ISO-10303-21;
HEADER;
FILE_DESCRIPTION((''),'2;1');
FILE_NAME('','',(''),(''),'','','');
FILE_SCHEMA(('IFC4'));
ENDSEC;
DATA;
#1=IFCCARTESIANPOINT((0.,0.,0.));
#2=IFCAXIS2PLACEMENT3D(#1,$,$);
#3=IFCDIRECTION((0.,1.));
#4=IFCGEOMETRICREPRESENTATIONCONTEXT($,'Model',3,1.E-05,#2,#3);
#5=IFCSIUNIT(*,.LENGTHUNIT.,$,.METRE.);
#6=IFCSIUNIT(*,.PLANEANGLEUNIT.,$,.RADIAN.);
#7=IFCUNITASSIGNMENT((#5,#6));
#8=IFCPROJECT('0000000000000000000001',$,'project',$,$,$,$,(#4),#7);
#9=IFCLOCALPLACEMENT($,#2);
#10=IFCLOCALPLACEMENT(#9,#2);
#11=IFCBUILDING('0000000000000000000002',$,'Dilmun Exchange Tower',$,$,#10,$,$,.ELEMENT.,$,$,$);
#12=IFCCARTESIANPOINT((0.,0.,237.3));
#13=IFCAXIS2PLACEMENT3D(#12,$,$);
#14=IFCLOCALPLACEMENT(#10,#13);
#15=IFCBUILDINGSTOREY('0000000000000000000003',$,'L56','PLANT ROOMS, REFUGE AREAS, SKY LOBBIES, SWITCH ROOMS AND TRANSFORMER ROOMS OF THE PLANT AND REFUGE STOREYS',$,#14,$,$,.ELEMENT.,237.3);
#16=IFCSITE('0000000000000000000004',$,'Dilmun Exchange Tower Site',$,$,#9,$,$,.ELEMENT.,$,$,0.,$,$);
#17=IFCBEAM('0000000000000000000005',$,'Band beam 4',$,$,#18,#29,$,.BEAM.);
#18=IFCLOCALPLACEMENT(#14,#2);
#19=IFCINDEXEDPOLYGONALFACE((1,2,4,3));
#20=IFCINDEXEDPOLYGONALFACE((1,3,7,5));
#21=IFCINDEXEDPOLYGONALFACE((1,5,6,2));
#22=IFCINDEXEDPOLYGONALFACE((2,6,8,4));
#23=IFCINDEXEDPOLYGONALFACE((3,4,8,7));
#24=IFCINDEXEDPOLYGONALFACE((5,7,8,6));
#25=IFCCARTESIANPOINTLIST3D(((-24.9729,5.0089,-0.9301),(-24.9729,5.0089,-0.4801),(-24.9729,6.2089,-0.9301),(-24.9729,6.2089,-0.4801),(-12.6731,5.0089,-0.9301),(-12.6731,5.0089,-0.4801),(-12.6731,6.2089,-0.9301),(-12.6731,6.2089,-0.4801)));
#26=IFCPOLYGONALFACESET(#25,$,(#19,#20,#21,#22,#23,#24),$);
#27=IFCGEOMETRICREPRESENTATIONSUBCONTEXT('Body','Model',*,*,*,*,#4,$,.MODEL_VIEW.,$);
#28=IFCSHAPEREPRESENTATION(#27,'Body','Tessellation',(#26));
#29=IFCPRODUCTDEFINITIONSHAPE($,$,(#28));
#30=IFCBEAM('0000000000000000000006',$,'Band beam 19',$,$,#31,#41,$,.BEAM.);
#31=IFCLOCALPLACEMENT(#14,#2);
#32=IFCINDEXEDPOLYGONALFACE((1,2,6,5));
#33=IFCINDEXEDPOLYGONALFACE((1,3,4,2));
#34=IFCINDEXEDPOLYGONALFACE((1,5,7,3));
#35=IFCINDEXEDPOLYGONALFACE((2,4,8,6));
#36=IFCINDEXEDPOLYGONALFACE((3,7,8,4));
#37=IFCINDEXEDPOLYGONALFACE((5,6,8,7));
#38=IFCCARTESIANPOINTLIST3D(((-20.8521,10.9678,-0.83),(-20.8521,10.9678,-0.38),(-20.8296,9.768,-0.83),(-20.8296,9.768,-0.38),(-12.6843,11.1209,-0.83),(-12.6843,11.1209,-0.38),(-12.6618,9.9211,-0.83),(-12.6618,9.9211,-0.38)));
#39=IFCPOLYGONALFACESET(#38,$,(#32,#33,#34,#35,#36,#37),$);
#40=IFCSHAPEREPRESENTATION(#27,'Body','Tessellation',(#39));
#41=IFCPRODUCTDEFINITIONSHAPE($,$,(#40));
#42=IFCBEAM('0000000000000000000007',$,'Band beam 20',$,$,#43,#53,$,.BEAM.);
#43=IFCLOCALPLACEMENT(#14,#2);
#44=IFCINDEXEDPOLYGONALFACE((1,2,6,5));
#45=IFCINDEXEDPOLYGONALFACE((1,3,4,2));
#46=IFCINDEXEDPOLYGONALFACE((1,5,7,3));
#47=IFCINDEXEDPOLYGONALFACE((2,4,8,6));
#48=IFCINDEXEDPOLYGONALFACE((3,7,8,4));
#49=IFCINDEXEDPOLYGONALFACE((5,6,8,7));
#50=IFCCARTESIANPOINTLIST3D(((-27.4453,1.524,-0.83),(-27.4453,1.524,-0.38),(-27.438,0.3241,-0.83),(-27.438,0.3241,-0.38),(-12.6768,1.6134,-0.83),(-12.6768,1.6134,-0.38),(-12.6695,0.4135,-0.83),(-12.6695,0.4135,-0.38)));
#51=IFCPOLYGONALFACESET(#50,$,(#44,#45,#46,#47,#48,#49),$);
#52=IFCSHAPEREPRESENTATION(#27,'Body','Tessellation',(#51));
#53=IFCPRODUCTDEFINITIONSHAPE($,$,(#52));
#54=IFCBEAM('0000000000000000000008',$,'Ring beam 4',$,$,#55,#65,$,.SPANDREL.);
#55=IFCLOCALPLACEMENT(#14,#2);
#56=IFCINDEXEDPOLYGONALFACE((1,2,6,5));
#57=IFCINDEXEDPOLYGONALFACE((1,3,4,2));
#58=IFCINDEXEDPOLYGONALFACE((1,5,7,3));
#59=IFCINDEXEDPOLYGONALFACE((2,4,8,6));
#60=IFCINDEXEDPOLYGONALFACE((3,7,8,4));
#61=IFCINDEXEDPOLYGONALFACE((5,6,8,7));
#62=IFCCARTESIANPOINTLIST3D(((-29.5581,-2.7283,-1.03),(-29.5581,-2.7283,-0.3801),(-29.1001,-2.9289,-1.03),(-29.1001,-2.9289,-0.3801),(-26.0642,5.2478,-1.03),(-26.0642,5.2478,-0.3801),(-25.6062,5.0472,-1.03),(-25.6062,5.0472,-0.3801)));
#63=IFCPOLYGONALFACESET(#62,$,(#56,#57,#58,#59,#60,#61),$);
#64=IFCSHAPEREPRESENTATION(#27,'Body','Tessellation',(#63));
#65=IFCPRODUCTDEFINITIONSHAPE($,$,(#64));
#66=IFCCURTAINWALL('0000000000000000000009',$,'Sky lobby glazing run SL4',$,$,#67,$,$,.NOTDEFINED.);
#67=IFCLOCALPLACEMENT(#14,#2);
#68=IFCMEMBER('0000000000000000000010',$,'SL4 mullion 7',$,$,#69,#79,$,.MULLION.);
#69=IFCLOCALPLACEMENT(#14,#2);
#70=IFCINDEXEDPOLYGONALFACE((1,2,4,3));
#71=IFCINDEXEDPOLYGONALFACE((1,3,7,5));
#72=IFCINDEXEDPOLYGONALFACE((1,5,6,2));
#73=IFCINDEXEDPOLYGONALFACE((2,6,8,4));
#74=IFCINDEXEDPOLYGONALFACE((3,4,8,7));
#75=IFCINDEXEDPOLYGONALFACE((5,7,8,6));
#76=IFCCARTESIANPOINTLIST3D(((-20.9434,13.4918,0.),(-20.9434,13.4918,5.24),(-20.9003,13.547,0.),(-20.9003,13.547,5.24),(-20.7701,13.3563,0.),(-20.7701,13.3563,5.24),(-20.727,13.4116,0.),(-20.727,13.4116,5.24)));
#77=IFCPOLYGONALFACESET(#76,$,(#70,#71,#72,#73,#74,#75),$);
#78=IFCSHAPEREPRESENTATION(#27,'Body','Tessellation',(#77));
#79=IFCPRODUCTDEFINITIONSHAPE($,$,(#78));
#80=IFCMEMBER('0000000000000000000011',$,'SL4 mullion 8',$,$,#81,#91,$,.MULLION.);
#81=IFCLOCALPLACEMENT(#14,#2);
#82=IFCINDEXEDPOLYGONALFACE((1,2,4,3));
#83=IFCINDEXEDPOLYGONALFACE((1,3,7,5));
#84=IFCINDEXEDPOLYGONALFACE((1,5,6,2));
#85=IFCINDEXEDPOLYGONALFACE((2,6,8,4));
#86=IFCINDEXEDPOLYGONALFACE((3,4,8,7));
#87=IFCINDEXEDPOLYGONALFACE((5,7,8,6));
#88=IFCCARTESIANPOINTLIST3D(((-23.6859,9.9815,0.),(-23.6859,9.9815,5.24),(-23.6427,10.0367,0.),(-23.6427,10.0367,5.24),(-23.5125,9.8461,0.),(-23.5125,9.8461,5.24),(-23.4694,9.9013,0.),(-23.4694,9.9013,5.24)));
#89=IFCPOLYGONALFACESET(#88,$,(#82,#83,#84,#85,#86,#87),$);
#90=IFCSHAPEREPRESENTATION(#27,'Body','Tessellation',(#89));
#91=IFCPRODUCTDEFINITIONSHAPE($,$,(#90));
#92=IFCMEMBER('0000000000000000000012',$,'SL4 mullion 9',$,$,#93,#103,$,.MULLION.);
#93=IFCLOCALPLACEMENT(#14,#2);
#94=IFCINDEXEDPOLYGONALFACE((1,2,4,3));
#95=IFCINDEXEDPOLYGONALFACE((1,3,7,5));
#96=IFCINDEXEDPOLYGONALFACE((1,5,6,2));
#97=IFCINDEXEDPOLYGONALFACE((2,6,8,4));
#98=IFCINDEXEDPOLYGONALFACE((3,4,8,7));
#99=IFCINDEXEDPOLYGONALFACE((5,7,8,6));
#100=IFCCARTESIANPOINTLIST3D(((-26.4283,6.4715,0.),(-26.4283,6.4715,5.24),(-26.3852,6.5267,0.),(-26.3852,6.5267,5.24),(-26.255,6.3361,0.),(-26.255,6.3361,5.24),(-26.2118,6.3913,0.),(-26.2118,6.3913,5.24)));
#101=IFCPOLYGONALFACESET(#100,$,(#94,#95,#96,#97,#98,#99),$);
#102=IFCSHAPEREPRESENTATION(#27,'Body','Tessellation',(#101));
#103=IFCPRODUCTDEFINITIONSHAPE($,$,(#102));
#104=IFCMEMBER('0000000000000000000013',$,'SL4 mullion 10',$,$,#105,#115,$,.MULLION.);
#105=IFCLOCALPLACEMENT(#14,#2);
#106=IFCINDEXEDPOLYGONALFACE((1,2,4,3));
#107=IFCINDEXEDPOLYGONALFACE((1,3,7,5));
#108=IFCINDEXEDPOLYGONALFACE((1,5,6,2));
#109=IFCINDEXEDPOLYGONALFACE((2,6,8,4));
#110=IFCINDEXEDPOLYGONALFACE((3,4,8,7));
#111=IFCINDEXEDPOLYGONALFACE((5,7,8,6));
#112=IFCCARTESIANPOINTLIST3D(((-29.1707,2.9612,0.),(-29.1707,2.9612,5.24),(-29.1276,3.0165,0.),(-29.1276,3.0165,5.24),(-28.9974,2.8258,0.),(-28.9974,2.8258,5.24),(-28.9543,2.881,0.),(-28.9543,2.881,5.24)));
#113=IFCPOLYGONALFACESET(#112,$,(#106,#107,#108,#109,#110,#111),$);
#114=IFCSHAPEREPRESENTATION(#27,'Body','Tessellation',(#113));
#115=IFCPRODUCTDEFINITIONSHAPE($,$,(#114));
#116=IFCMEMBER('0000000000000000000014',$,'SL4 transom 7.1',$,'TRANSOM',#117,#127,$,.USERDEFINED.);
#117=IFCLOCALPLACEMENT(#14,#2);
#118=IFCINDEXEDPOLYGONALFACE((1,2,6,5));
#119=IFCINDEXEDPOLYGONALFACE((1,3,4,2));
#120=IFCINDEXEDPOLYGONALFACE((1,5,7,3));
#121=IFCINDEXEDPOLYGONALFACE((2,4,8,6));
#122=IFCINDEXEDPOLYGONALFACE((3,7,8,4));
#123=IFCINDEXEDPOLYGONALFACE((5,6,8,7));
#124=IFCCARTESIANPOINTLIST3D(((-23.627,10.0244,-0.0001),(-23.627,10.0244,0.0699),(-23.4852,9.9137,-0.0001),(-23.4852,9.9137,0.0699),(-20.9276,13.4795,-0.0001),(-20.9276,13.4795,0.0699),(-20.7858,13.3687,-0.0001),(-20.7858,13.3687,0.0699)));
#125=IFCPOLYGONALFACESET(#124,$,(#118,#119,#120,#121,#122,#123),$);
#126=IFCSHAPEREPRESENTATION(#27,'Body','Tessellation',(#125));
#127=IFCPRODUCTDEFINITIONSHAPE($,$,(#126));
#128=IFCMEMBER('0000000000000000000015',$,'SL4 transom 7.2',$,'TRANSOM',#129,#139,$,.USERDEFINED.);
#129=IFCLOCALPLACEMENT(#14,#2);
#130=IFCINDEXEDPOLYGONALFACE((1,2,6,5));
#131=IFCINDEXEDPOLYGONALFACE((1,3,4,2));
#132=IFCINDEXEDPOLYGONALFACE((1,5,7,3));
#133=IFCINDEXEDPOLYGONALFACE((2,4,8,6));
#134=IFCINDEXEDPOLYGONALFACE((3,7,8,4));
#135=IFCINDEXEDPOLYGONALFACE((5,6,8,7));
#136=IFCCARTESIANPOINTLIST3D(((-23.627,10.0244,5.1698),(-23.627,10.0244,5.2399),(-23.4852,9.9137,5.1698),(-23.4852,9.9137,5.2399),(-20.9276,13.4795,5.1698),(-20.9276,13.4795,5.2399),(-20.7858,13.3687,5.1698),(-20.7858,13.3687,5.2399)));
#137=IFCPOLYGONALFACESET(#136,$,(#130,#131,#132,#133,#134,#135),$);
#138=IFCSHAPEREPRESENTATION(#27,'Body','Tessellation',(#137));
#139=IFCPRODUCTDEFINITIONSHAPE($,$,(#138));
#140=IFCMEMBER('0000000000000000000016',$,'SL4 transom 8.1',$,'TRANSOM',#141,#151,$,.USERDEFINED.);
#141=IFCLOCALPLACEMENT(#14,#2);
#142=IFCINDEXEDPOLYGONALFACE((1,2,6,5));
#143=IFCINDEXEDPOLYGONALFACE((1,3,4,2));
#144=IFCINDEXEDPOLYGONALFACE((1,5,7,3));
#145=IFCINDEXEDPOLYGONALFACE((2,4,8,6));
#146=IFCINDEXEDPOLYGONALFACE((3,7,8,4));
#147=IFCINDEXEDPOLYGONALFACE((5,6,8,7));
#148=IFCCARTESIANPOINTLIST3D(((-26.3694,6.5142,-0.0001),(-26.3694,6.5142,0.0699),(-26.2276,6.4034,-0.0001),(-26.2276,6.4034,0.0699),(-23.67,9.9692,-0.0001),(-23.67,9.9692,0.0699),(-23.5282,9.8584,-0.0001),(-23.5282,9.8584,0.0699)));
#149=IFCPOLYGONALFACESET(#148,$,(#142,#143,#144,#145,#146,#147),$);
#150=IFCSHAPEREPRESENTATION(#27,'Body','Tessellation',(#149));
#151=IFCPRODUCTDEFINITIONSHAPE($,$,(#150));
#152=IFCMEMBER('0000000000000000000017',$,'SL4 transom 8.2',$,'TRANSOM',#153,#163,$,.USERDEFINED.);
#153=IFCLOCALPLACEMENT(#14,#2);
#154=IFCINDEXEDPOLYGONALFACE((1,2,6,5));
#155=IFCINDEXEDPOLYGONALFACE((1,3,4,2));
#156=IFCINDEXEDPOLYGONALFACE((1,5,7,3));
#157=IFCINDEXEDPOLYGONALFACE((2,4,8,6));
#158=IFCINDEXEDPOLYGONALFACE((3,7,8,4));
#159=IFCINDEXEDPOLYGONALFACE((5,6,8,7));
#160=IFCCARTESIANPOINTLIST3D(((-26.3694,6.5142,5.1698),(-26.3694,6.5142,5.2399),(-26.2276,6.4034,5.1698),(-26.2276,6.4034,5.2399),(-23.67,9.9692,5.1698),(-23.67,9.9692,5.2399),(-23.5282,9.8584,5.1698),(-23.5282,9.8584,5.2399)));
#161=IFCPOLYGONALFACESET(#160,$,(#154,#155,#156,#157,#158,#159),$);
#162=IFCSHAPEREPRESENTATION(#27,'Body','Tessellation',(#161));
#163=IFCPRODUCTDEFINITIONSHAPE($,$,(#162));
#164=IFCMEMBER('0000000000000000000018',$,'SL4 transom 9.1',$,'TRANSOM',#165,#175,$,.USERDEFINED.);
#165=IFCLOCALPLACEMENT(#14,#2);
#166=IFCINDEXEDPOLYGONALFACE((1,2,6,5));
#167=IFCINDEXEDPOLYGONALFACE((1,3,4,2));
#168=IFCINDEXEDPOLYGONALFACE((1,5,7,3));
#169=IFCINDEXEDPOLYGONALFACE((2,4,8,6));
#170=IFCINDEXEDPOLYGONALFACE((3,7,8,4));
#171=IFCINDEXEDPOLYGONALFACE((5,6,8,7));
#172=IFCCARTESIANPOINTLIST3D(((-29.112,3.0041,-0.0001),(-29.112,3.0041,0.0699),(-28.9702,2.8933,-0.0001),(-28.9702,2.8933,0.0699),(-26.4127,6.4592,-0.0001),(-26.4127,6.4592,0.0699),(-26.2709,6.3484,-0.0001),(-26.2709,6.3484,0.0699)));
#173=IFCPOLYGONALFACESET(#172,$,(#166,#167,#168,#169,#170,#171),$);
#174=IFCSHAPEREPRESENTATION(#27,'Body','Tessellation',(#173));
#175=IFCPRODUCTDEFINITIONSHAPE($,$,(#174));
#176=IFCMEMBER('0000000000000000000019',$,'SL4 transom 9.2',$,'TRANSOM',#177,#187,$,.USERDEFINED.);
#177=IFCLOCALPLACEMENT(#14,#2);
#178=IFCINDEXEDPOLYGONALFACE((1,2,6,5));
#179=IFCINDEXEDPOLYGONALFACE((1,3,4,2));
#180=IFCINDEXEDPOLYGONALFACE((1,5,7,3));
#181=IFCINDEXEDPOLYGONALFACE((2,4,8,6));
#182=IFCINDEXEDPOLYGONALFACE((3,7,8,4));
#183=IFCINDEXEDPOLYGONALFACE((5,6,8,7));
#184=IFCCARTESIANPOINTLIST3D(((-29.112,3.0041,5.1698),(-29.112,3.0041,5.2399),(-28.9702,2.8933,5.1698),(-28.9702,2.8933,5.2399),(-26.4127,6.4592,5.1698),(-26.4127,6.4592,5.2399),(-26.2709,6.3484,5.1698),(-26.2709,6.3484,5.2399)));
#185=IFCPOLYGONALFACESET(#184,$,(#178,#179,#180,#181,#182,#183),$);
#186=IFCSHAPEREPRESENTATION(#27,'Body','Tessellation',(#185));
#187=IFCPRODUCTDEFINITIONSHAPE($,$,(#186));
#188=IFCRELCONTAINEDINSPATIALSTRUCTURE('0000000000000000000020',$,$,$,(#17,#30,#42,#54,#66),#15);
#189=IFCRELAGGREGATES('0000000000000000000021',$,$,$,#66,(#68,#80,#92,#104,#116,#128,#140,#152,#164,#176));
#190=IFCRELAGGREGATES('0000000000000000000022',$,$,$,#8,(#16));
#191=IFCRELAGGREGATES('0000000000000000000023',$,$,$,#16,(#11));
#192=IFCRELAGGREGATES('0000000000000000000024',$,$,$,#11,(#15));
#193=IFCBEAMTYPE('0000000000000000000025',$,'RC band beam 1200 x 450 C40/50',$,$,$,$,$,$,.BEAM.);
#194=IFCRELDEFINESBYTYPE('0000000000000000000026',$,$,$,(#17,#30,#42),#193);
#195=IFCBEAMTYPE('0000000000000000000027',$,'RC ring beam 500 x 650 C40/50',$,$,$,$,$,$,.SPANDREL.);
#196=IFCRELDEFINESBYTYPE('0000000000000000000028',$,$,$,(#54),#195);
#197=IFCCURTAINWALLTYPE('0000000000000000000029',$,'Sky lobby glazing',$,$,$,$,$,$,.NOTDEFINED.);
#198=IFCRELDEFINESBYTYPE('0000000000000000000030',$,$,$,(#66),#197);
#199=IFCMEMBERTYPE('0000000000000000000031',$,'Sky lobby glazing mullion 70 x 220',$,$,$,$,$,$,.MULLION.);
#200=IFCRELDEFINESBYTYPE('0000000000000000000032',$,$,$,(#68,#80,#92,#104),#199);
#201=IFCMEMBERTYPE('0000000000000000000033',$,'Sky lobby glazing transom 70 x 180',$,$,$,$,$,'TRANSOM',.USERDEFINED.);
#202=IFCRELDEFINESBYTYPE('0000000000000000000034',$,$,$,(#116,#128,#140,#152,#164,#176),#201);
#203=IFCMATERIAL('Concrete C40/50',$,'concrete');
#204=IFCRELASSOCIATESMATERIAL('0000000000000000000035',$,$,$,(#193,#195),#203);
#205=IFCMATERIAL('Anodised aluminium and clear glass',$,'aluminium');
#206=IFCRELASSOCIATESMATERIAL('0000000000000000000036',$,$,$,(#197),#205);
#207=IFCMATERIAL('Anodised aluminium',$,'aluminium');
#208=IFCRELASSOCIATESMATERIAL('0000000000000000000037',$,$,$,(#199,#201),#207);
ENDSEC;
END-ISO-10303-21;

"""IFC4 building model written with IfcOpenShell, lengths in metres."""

from ifc_helpers import new_model, si_unit, direction, frame, origin, origin_2d, place, context, subcontext, project, spatial, rectangle, extrude, material, material_profile, profile_set, type_object, element, aggregate, save


model = new_model("IFC4")

# Units and contexts
model_context = context("Model", 3, precision=1e-05, world=origin(), true_north=direction((0.0, 1.0)))
body_context = subcontext(model_context, "Body", "Model", "MODEL_VIEW")
ifc_project = project(units=[si_unit("LENGTHUNIT", "METRE"), si_unit("PLANEANGLEUNIT", "RADIAN")], contexts=[model_context])

# Site, building, storey
site_placement = place(None, origin())
site = spatial("IfcSite", under=ifc_project, at=site_placement, Name="Dilmun Exchange Tower Site", CompositionType="ELEMENT", RefElevation=0.0)
building_placement = place(site_placement, origin())
building = spatial("IfcBuilding", under=site, at=building_placement, Name="Dilmun Exchange Tower", CompositionType="ELEMENT")
storey_placement = place(building_placement, frame((0.0, 0.0, 237.3)))
storey = spatial("IfcBuildingStorey", under=building, at=storey_placement, Name="L56", Description="PLANT ROOMS, REFUGE AREAS, SKY LOBBIES, SWITCH ROOMS AND TRANSFORMER ROOMS OF THE PLANT AND REFUGE STOREYS", CompositionType="ELEMENT", Elevation=237.3)

# Beams
ifc_material_1 = material(Name="Concrete C40/50", Category="concrete")
ifc_material_profile_1 = material_profile(ifc_material_1, rectangle(XDim=1.2, YDim=0.45, at=origin_2d()), Name="1200 x 450")
ifc_profile_set_1 = profile_set([ifc_material_profile_1], Name="Concrete C40/50")
beam_type_1 = type_object("IfcBeamType", Name="RC band beam 1200 x 450 C40/50", PredefinedType="BEAM", material=ifc_profile_set_1)
beam_1_placement = place(storey_placement, frame((-24.9729, 5.6089, -0.7051), z_axis=(1.0, 0.0, 0.0), x_axis=(0.0, 1.0, 0.0)))
element("IfcBeam", 1, at=beam_1_placement, inside=storey, type_object=beam_type_1, Name="Band beam 4", PredefinedType="BEAM", context=body_context, shape_type="SweptSolid", body=[
    extrude(rectangle(XDim=1.2, YDim=0.45, at=origin_2d()), origin(), (0.0, 0.0, 1.0), 12.2998),
])
beam_2_placement = place(storey_placement, frame((-20.8408, 10.3679, -0.605), z_axis=(0.999824, 0.018738, 0.0), x_axis=(-0.018738, 0.999824, 0.0)))
element("IfcBeam", 2, at=beam_2_placement, inside=storey, type_object=beam_type_1, Name="Band beam 19", PredefinedType="BEAM", context=body_context, shape_type="SweptSolid", body=[
    extrude(rectangle(XDim=1.2, YDim=0.45, at=origin_2d()), origin(), (0.0, 0.0, 1.0), 8.1692),
])
beam_3_placement = place(storey_placement, frame((-27.4417, 0.9241, -0.605), z_axis=(0.999982, 0.00605, 0.0), x_axis=(-0.00605, 0.999982, 0.0)))
element("IfcBeam", 3, at=beam_3_placement, inside=storey, type_object=beam_type_1, Name="Band beam 20", PredefinedType="BEAM", context=body_context, shape_type="SweptSolid", body=[
    extrude(rectangle(XDim=1.2, YDim=0.45, at=origin_2d()), origin(), (0.0, 0.0, 1.0), 14.7688),
])
ifc_material_profile_2 = material_profile(ifc_material_1, rectangle(XDim=0.5, YDim=0.6499, at=origin_2d()), Name="500 x 650")
ifc_profile_set_2 = profile_set([ifc_material_profile_2], Name="Concrete C40/50")
beam_type_2 = type_object("IfcBeamType", Name="RC ring beam 500 x 650 C40/50", PredefinedType="SPANDREL", material=ifc_profile_set_2)
beam_4_placement = place(storey_placement, frame((-25.8352, 5.1475, -0.7051), z_axis=(-0.401239, -0.915973, 0.0), x_axis=(0.915973, -0.401239, 0.0)))
element("IfcBeam", 4, at=beam_4_placement, inside=storey, type_object=beam_type_2, Name="Ring beam 4", PredefinedType="SPANDREL", context=body_context, shape_type="SweptSolid", body=[
    extrude(rectangle(XDim=0.5, YDim=0.6499, at=origin_2d()), origin(), (0.0, 0.0, 1.0), 8.7078),
])

# Curtain wall, members
ifc_material_2 = material(Name="Anodised aluminium and clear glass", Category="aluminium")
curtain_wall_type = type_object("IfcCurtainWallType", Name="Sky lobby glazing", PredefinedType="NOTDEFINED", material=ifc_material_2)
curtain_wall_placement = place(storey_placement, origin())
curtain_wall = element("IfcCurtainWall", 5, at=curtain_wall_placement, inside=storey, type_object=curtain_wall_type, Name="Sky lobby glazing run SL4", PredefinedType="NOTDEFINED")
ifc_material_3 = material(Name="Anodised aluminium", Category="aluminium")
ifc_material_profile_3 = material_profile(ifc_material_3, rectangle(XDim=0.22, YDim=0.0701, at=origin_2d()), Name="AL 70x220")
ifc_profile_set_3 = profile_set([ifc_material_profile_3], Name="Anodised aluminium")
member_type_1 = type_object("IfcMemberType", Name="Sky lobby glazing mullion 70 x 220", PredefinedType="MULLION", material=ifc_profile_set_3)
member_1_placement = place(storey_placement, frame((-20.8352, 13.4517, 0.0), z_axis=(0.0, 0.0, 1.0), x_axis=(0.788011, -0.615662, 0.0)))
member_1 = element("IfcMember", 6, at=member_1_placement, type_object=member_type_1, Name="SL4 mullion 7", PredefinedType="MULLION", context=body_context, shape_type="SweptSolid", body=[
    extrude(rectangle(XDim=0.22, YDim=0.0701, at=origin_2d()), origin(), (0.0, 0.0, 1.0), 5.24),
])
member_2_placement = place(storey_placement, frame((-23.5776, 9.9414, 0.0), z_axis=(0.0, 0.0, 1.0), x_axis=(0.788011, -0.615662, 0.0)))
member_2 = element("IfcMember", 7, at=member_2_placement, type_object=member_type_1, Name="SL4 mullion 8", PredefinedType="MULLION", context=body_context, shape_type="SweptSolid", body=[
    extrude(rectangle(XDim=0.22, YDim=0.0701, at=origin_2d()), origin(), (0.0, 0.0, 1.0), 5.24),
])
member_3_placement = place(storey_placement, frame((-26.3201, 6.4314, 0.0), z_axis=(0.0, 0.0, 1.0), x_axis=(0.788011, -0.615662, 0.0)))
member_3 = element("IfcMember", 8, at=member_3_placement, type_object=member_type_1, Name="SL4 mullion 9", PredefinedType="MULLION", context=body_context, shape_type="SweptSolid", body=[
    extrude(rectangle(XDim=0.22, YDim=0.0701, at=origin_2d()), origin(), (0.0, 0.0, 1.0), 5.24),
])
member_4_placement = place(storey_placement, frame((-29.0625, 2.9211, 0.0), z_axis=(0.0, 0.0, 1.0), x_axis=(0.788011, -0.615662, 0.0)))
member_4 = element("IfcMember", 9, at=member_4_placement, type_object=member_type_1, Name="SL4 mullion 10", PredefinedType="MULLION", context=body_context, shape_type="SweptSolid", body=[
    extrude(rectangle(XDim=0.22, YDim=0.0701, at=origin_2d()), origin(), (0.0, 0.0, 1.0), 5.24),
])
ifc_material_profile_4 = material_profile(ifc_material_3, rectangle(XDim=0.1799, YDim=0.0701, at=origin_2d()), Name="AL 70x180")
ifc_profile_set_4 = profile_set([ifc_material_profile_4], Name="Anodised aluminium")
member_type_2 = type_object("IfcMemberType", Name="Sky lobby glazing transom 70 x 180", ElementType="TRANSOM", PredefinedType="USERDEFINED", material=ifc_profile_set_4)
member_5_placement = place(storey_placement, frame((-20.8567, 13.4241, 0.0349), z_axis=(-0.61567, -0.788004, 0.0), x_axis=(0.788004, -0.61567, 0.0)))
member_5 = element("IfcMember", 10, at=member_5_placement, type_object=member_type_2, Name="SL4 transom 7.1", ObjectType="TRANSOM", PredefinedType="USERDEFINED", context=body_context, shape_type="SweptSolid", body=[
    extrude(rectangle(XDim=0.1799, YDim=0.0701, at=origin_2d()), origin(), (0.0, 0.0, 1.0), 4.3845),
])
member_6_placement = place(storey_placement, frame((-20.8567, 13.4241, 5.2048), z_axis=(-0.61567, -0.788004, 0.0), x_axis=(0.788004, -0.61567, 0.0)))
member_6 = element("IfcMember", 11, at=member_6_placement, type_object=member_type_2, Name="SL4 transom 7.2", ObjectType="TRANSOM", PredefinedType="USERDEFINED", context=body_context, shape_type="SweptSolid", body=[
    extrude(rectangle(XDim=0.1799, YDim=0.0701, at=origin_2d()), origin(), (0.0, 0.0, 1.0), 4.3845),
])
member_7_placement = place(storey_placement, frame((-23.5991, 9.9138, 0.0349), z_axis=(-0.61567, -0.788004, 0.0), x_axis=(0.788004, -0.61567, 0.0)))
member_7 = element("IfcMember", 12, at=member_7_placement, type_object=member_type_2, Name="SL4 transom 8.1", ObjectType="TRANSOM", PredefinedType="USERDEFINED", context=body_context, shape_type="SweptSolid", body=[
    extrude(rectangle(XDim=0.1799, YDim=0.0701, at=origin_2d()), origin(), (0.0, 0.0, 1.0), 4.3845),
])
member_8_placement = place(storey_placement, frame((-23.5991, 9.9138, 5.2048), z_axis=(-0.61567, -0.788004, 0.0), x_axis=(0.788004, -0.61567, 0.0)))
member_8 = element("IfcMember", 13, at=member_8_placement, type_object=member_type_2, Name="SL4 transom 8.2", ObjectType="TRANSOM", PredefinedType="USERDEFINED", context=body_context, shape_type="SweptSolid", body=[
    extrude(rectangle(XDim=0.1799, YDim=0.0701, at=origin_2d()), origin(), (0.0, 0.0, 1.0), 4.3845),
])
member_9_placement = place(storey_placement, frame((-26.3418, 6.4038, 0.0349), z_axis=(-0.615635, -0.788031, 0.0), x_axis=(0.788031, -0.615635, 0.0)))
member_9 = element("IfcMember", 14, at=member_9_placement, type_object=member_type_2, Name="SL4 transom 9.1", ObjectType="TRANSOM", PredefinedType="USERDEFINED", context=body_context, shape_type="SweptSolid", body=[
    extrude(rectangle(XDim=0.1799, YDim=0.0701, at=origin_2d()), origin(), (0.0, 0.0, 1.0), 4.3845),
])
member_10_placement = place(storey_placement, frame((-26.3418, 6.4038, 5.2048), z_axis=(-0.615635, -0.788031, 0.0), x_axis=(0.788031, -0.615635, 0.0)))
member_10 = element("IfcMember", 15, at=member_10_placement, type_object=member_type_2, Name="SL4 transom 9.2", ObjectType="TRANSOM", PredefinedType="USERDEFINED", context=body_context, shape_type="SweptSolid", body=[
    extrude(rectangle(XDim=0.1799, YDim=0.0701, at=origin_2d()), origin(), (0.0, 0.0, 1.0), 4.3845),
])

aggregate(curtain_wall, [member_1, member_2, member_3, member_4, member_5, member_6, member_7, member_8, member_9, member_10])

save(model, "model.ifc")
